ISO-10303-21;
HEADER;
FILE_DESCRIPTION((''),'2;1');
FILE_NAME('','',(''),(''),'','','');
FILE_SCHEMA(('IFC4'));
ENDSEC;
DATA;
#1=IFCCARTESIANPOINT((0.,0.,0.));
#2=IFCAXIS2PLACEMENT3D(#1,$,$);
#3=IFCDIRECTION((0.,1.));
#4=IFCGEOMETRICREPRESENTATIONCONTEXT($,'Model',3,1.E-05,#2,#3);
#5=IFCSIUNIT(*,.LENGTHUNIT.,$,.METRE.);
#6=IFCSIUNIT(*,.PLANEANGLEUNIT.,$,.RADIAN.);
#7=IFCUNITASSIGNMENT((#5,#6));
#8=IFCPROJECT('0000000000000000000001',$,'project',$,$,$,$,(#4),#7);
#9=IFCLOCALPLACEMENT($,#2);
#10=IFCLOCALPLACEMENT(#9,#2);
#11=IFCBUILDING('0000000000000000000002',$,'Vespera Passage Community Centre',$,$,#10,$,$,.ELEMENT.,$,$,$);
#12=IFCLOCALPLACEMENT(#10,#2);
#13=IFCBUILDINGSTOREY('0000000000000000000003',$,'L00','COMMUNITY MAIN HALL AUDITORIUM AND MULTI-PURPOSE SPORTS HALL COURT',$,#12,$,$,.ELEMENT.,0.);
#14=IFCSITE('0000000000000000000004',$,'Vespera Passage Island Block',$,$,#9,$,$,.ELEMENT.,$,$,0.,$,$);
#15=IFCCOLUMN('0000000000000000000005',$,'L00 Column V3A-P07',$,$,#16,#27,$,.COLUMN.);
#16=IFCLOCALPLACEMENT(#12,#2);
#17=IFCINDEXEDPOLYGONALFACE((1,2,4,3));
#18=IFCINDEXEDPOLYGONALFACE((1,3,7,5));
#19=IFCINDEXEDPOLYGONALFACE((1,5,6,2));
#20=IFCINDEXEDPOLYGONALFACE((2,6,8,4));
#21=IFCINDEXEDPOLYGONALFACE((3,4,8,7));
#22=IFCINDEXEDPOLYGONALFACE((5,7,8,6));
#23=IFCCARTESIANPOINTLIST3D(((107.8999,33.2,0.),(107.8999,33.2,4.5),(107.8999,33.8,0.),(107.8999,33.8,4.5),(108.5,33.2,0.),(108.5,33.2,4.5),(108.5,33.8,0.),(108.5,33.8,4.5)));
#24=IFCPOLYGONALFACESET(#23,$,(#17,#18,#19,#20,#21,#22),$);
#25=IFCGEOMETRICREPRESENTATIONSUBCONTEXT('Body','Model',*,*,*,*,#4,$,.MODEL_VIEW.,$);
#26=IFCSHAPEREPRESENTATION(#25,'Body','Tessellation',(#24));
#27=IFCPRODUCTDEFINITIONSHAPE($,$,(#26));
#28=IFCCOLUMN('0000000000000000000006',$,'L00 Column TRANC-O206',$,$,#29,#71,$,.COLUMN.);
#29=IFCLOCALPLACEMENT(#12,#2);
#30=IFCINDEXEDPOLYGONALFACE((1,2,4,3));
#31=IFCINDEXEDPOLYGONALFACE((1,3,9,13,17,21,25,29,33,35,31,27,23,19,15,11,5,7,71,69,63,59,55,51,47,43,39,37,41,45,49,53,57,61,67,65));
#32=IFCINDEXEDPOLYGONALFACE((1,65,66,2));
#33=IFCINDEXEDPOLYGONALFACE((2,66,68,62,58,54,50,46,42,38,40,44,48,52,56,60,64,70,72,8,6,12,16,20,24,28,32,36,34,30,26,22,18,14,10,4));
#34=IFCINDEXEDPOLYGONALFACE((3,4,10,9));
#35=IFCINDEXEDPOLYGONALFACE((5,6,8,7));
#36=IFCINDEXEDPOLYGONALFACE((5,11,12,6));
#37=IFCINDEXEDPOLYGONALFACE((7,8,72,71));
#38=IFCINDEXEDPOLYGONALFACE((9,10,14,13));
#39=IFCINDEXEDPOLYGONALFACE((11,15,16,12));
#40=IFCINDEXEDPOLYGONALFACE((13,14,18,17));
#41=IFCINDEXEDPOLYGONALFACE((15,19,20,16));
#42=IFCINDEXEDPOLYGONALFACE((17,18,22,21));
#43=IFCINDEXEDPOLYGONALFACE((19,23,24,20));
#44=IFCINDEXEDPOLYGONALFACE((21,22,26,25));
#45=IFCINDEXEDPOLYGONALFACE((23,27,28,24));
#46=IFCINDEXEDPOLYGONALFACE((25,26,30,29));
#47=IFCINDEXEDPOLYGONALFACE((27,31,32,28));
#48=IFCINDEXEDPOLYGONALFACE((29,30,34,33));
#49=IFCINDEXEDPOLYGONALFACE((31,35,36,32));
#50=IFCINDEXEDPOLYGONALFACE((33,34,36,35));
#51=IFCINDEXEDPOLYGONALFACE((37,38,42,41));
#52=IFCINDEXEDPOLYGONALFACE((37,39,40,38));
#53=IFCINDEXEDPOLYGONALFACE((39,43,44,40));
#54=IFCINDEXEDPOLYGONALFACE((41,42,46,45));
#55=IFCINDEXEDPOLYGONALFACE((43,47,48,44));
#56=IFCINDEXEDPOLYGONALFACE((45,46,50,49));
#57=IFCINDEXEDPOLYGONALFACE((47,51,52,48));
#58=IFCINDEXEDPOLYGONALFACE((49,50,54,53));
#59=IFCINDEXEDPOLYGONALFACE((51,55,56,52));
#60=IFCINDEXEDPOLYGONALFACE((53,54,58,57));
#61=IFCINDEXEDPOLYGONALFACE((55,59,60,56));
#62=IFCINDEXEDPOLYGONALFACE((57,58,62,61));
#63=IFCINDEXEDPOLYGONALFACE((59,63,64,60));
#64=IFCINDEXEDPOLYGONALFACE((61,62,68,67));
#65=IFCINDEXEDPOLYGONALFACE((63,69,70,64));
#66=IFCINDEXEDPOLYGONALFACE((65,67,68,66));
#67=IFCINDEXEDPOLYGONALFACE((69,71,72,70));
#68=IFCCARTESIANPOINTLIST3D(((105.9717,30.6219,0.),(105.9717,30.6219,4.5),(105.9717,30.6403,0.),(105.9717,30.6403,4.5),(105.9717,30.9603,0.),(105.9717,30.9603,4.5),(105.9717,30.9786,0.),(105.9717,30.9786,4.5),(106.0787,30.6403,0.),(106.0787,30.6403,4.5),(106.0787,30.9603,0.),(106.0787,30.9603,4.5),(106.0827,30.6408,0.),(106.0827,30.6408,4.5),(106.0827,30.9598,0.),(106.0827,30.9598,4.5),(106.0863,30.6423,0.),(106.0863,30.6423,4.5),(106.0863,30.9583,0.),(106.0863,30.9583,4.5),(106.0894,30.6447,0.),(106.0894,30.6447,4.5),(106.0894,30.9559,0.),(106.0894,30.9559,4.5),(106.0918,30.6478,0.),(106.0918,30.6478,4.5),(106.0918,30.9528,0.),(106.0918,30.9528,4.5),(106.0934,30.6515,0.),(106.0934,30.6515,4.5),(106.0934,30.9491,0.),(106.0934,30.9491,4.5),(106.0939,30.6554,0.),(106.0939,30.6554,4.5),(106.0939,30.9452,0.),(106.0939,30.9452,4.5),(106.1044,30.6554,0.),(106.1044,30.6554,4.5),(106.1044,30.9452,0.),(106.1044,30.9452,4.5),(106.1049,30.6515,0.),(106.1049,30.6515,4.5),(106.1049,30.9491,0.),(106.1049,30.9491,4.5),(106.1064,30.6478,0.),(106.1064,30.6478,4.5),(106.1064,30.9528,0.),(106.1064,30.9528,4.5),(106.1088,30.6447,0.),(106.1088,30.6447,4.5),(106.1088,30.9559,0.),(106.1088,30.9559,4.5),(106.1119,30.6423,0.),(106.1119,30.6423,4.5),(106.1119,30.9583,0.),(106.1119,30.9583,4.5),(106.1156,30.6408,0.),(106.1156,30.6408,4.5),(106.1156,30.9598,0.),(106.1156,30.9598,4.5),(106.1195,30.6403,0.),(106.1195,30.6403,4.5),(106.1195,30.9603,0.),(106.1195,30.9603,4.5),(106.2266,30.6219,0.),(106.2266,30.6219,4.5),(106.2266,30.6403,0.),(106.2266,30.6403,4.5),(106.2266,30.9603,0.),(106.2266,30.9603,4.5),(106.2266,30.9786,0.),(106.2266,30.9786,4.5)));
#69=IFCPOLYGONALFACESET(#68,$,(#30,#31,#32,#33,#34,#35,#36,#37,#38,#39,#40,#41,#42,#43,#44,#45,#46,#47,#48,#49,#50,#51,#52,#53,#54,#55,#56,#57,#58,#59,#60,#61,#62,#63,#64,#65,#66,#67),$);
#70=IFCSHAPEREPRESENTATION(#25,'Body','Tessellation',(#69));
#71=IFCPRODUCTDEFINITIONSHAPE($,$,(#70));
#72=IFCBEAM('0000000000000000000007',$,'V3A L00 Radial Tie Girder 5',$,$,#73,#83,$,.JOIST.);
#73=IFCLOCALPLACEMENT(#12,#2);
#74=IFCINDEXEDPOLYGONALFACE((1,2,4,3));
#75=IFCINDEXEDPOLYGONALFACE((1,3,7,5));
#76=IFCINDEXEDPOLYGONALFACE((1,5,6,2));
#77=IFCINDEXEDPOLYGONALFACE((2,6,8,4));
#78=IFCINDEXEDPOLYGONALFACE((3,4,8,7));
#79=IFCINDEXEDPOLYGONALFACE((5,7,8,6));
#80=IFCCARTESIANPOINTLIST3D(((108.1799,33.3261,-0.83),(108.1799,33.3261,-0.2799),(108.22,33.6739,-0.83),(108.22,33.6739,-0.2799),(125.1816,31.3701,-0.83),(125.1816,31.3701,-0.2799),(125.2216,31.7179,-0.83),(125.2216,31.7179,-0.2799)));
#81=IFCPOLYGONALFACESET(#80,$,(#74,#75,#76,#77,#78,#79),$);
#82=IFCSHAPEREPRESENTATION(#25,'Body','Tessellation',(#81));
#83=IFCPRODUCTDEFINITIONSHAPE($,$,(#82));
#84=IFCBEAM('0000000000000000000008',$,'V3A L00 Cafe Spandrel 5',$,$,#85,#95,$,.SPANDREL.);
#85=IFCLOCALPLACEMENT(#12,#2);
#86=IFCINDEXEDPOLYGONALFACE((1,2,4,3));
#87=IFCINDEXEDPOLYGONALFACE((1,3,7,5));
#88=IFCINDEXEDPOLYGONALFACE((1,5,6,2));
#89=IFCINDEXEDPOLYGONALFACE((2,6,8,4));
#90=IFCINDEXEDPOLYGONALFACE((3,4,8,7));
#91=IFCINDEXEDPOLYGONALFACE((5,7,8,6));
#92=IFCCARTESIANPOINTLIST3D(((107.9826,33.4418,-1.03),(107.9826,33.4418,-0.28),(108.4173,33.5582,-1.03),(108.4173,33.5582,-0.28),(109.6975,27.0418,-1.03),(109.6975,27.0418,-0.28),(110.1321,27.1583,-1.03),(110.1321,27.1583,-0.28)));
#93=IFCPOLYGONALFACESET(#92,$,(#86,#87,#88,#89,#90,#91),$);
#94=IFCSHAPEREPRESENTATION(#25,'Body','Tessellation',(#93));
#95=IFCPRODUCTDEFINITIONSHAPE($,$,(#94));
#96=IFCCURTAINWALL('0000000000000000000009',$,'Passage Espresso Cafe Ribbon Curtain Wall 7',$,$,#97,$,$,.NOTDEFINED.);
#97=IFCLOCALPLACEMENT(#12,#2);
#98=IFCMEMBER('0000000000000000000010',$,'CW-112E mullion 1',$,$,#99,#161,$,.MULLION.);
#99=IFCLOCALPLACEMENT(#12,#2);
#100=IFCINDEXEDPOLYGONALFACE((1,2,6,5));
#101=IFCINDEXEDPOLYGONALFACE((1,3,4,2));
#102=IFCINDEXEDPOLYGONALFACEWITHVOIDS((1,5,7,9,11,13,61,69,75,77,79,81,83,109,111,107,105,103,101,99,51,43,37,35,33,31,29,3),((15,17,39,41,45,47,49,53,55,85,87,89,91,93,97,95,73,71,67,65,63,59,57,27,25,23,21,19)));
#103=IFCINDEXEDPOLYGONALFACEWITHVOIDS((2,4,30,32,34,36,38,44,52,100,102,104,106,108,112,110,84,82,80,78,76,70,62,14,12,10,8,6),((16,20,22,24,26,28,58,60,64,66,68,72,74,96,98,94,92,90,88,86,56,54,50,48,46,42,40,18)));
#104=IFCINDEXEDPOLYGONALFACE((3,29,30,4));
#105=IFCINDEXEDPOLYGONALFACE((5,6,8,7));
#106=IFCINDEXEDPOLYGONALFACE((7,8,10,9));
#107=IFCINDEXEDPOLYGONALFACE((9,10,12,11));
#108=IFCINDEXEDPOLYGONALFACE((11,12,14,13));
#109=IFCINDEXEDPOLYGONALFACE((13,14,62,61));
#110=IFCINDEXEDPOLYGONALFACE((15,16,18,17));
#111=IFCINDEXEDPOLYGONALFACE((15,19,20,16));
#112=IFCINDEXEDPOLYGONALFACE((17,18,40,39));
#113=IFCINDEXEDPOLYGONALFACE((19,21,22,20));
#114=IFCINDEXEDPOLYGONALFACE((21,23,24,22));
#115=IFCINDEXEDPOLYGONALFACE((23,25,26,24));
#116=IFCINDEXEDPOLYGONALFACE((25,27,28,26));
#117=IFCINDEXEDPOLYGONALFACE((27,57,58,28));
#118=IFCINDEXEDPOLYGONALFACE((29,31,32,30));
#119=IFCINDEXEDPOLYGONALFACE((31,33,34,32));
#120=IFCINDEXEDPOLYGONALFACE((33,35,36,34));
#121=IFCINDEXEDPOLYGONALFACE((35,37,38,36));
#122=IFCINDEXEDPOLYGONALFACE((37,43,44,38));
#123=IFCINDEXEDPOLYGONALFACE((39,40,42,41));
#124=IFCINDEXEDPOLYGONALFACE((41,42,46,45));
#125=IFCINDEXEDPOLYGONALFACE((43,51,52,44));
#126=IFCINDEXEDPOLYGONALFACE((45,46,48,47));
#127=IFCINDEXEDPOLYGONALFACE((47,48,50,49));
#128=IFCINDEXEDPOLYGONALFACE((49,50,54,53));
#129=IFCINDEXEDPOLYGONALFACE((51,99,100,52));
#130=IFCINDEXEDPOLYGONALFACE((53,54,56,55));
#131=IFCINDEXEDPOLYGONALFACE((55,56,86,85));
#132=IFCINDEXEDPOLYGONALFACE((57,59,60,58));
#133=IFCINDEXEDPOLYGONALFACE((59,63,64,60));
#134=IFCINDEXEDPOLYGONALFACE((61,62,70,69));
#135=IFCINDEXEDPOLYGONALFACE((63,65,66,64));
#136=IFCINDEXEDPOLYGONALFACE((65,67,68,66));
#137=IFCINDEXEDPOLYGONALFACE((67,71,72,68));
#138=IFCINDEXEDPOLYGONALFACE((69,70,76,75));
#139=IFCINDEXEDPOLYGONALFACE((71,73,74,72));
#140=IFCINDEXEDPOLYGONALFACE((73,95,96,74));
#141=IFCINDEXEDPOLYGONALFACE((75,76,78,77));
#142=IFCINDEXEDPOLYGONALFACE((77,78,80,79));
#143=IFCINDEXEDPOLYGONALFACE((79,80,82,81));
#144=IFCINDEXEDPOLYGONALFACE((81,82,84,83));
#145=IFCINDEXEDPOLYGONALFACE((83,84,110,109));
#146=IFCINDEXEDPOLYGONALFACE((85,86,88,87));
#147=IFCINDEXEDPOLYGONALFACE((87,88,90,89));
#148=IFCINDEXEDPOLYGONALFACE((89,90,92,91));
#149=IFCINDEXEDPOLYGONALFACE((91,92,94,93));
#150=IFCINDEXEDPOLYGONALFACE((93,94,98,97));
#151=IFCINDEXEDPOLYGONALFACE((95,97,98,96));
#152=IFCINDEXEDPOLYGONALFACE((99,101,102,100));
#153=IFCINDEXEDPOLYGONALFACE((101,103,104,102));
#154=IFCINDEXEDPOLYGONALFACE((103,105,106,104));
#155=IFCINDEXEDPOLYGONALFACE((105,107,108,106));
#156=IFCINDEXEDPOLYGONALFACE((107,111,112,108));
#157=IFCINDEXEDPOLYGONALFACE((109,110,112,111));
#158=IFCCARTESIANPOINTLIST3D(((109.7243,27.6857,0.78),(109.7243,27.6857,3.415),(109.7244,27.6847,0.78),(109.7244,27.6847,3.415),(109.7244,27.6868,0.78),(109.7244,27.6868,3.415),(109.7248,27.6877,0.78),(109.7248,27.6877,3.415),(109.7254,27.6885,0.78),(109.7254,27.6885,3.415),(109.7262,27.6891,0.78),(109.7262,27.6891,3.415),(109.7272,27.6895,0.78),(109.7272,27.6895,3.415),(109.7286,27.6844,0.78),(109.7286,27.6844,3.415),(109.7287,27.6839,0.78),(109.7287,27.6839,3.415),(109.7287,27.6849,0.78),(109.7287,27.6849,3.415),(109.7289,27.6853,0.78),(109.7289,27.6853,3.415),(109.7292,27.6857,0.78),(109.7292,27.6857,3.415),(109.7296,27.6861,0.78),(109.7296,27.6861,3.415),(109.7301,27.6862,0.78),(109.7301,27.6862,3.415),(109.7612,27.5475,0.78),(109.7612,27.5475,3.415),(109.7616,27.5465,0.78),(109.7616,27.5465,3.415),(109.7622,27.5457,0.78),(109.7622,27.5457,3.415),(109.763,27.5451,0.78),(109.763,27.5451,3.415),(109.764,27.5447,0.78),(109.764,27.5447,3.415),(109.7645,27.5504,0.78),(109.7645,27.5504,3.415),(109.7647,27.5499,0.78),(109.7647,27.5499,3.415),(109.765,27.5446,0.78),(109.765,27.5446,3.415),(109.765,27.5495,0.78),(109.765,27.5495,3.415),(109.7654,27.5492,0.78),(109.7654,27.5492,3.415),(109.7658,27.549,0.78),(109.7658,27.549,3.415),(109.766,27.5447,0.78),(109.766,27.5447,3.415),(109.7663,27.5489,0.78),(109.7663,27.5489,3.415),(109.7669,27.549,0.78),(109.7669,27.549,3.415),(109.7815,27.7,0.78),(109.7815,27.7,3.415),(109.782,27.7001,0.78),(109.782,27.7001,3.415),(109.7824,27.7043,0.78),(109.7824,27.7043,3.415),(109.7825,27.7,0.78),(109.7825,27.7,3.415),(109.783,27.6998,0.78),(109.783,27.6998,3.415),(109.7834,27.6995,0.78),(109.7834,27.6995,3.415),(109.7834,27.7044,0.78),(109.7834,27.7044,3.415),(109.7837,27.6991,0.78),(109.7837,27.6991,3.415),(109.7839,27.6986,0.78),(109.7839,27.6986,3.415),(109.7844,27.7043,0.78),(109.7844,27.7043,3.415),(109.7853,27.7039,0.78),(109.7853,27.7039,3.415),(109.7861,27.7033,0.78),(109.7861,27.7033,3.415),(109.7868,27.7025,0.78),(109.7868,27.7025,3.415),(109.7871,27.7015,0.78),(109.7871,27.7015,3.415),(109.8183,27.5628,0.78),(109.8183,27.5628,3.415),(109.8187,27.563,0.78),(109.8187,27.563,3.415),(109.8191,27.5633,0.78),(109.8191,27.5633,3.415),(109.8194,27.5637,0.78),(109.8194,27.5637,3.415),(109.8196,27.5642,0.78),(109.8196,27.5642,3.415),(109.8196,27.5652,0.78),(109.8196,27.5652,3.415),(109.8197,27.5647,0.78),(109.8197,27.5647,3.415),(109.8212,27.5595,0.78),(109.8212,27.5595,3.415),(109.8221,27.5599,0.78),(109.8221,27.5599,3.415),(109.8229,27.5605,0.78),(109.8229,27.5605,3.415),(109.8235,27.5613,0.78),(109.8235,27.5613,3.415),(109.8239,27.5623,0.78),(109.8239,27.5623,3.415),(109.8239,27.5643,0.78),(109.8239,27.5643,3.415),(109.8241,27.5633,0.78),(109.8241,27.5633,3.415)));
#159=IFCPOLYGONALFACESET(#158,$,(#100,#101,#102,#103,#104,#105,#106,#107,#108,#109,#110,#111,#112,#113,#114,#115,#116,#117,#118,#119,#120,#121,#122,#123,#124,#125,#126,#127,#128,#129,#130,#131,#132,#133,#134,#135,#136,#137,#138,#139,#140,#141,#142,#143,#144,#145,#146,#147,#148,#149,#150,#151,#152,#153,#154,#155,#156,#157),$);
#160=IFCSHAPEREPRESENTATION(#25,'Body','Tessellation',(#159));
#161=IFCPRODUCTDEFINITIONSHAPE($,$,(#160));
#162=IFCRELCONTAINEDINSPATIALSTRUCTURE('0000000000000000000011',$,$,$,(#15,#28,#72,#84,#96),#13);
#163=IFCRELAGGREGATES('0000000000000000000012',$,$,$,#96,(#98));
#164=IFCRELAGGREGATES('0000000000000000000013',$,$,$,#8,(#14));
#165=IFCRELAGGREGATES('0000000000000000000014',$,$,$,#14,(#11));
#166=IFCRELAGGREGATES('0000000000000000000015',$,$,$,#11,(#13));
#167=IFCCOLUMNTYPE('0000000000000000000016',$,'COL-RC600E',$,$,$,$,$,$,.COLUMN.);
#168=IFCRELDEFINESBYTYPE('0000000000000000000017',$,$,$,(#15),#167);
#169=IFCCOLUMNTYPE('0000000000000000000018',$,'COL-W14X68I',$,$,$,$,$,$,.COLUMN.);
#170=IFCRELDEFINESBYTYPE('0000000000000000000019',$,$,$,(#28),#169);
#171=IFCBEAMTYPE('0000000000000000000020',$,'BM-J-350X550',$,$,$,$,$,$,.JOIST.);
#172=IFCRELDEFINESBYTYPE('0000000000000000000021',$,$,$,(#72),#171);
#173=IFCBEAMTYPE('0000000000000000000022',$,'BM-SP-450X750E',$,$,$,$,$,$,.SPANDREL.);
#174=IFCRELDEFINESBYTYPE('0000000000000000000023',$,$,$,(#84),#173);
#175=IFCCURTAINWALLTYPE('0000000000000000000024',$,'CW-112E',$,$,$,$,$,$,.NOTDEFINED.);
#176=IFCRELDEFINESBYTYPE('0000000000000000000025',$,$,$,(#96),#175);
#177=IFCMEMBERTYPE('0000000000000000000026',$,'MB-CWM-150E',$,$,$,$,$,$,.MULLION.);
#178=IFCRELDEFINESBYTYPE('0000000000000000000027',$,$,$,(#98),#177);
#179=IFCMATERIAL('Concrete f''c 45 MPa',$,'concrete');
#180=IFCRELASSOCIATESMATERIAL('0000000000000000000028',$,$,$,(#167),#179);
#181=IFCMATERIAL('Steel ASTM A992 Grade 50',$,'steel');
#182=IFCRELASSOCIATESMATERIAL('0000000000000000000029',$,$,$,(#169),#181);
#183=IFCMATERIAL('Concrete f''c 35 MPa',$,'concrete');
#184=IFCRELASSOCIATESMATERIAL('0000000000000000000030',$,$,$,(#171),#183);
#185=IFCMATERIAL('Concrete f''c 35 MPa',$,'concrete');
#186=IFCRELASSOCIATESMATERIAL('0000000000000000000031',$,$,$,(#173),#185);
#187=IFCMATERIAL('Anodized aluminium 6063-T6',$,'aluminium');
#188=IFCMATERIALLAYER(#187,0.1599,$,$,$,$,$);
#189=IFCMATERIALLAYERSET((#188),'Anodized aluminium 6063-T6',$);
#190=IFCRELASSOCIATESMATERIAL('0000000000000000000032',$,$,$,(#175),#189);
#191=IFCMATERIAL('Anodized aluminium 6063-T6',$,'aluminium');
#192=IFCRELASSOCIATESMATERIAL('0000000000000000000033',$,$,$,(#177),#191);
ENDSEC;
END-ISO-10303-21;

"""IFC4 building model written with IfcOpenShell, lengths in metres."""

from ifc_helpers import new_model, si_unit, direction, frame, origin, origin_2d, place, context, subcontext, project, spatial, rectangle, hollow_rectangle, i_section, extrude, material, layer, layer_set, material_profile, profile_set, type_object, element, aggregate, save


model = new_model("IFC4")

# Units and contexts
model_context = context("Model", 3, precision=1e-05, world=origin(), true_north=direction((0.0, 1.0)))
body_context = subcontext(model_context, "Body", "Model", "MODEL_VIEW")
ifc_project = project(units=[si_unit("LENGTHUNIT", "METRE"), si_unit("PLANEANGLEUNIT", "RADIAN")], contexts=[model_context])

# Site, building, storey
site_placement = place(None, origin())
site = spatial("IfcSite", under=ifc_project, at=site_placement, Name="Vespera Passage Island Block", CompositionType="ELEMENT", RefElevation=0.0)
building_placement = place(site_placement, origin())
building = spatial("IfcBuilding", under=site, at=building_placement, Name="Vespera Passage Community Centre", CompositionType="ELEMENT")
storey_placement = place(building_placement, origin())
storey = spatial("IfcBuildingStorey", under=building, at=storey_placement, Name="L00", Description="COMMUNITY MAIN HALL AUDITORIUM AND MULTI-PURPOSE SPORTS HALL COURT", CompositionType="ELEMENT", Elevation=0.0)

# Columns
ifc_material_1 = material(Name="Concrete f'c 45 MPa", Category="concrete")
ifc_material_profile_1 = material_profile(ifc_material_1, rectangle(XDim=0.6001, YDim=0.6001, at=origin_2d()), Name="RC600X600")
ifc_profile_set_1 = profile_set([ifc_material_profile_1], Name="Concrete f'c 45 MPa")
column_type_1 = type_object("IfcColumnType", Name="COL-RC600E", PredefinedType="COLUMN", material=ifc_profile_set_1)
column_1_placement = place(storey_placement, frame((108.2, 33.5, 0.0), z_axis=(0.0, 0.0, 1.0), x_axis=(1.0, 0.0, 0.0)))
element("IfcColumn", 1, at=column_1_placement, inside=storey, type_object=column_type_1, Name="L00 Column V3A-P07", PredefinedType="COLUMN", context=body_context, shape_type="SweptSolid", body=[
    extrude(rectangle(XDim=0.6001, YDim=0.6001, at=origin_2d()), origin(), (0.0, 0.0, 1.0), 4.5),
])
ifc_material_2 = material(Name="Steel ASTM A992 Grade 50", Category="steel")
ifc_material_profile_2 = material_profile(ifc_material_2, i_section(OverallWidth=0.2549, OverallDepth=0.3567, WebThickness=0.0105, FlangeThickness=0.0183, FilletRadius=0.0151, at=origin_2d()), Name="W14X68")
ifc_profile_set_2 = profile_set([ifc_material_profile_2], Name="Steel ASTM A992 Grade 50")
column_type_2 = type_object("IfcColumnType", Name="COL-W14X68I", PredefinedType="COLUMN", material=ifc_profile_set_2)
column_2_placement = place(storey_placement, frame((106.0991, 30.8003, 0.0), z_axis=(0.0, 0.0, 1.0), x_axis=(1.0, 0.0, 0.0)))
element("IfcColumn", 2, at=column_2_placement, inside=storey, type_object=column_type_2, Name="L00 Column TRANC-O206", PredefinedType="COLUMN", context=body_context, shape_type="SweptSolid", body=[
    extrude(i_section(OverallWidth=0.2549, OverallDepth=0.3567, WebThickness=0.0105, FlangeThickness=0.0183, FilletRadius=0.0151, at=origin_2d()), origin(), (0.0, 0.0, 1.0), 4.5),
])

# Beams
ifc_material_3 = material(Name="Concrete f'c 35 MPa", Category="concrete")
ifc_material_profile_3 = material_profile(ifc_material_3, rectangle(XDim=0.3501, YDim=0.55, at=origin_2d()), Name="RC350X550")
ifc_profile_set_3 = profile_set([ifc_material_profile_3], Name="Concrete f'c 35 MPa")
beam_type_1 = type_object("IfcBeamType", Name="BM-J-350X550", PredefinedType="JOIST", material=ifc_profile_set_3)
beam_1_placement = place(storey_placement, frame((108.2, 33.5, -0.5549), z_axis=(0.993447, -0.114297, 0.0), x_axis=(0.114297, 0.993447, 0.0)))
element("IfcBeam", 3, at=beam_1_placement, inside=storey, type_object=beam_type_1, Name="V3A L00 Radial Tie Girder 5", PredefinedType="JOIST", context=body_context, shape_type="SweptSolid", body=[
    extrude(rectangle(XDim=0.3501, YDim=0.55, at=origin_2d()), origin(), (0.0, 0.0, 1.0), 17.1138),
])
ifc_material_4 = material(Name="Concrete f'c 35 MPa", Category="concrete")
ifc_material_profile_4 = material_profile(ifc_material_4, rectangle(XDim=0.45, YDim=0.75, at=origin_2d()), Name="RC450X750")
ifc_profile_set_4 = profile_set([ifc_material_profile_4], Name="Concrete f'c 35 MPa")
beam_type_2 = type_object("IfcBeamType", Name="BM-SP-450X750E", PredefinedType="SPANDREL", material=ifc_profile_set_4)
beam_2_placement = place(storey_placement, frame((108.2, 33.5, -0.655), z_axis=(0.258818, -0.965926, 0.0), x_axis=(0.965926, 0.258818, 0.0)))
element("IfcBeam", 4, at=beam_2_placement, inside=storey, type_object=beam_type_2, Name="V3A L00 Cafe Spandrel 5", PredefinedType="SPANDREL", context=body_context, shape_type="SweptSolid", body=[
    extrude(rectangle(XDim=0.45, YDim=0.75, at=origin_2d()), origin(), (0.0, 0.0, 1.0), 6.6257),
])

# Curtain wall, member
ifc_material_5 = material(Name="Anodized aluminium 6063-T6", Category="aluminium")
ifc_layer_1 = layer(ifc_material_5, 0.1599)
ifc_layer_set_1 = layer_set([ifc_layer_1], Name="Anodized aluminium 6063-T6")
curtain_wall_type = type_object("IfcCurtainWallType", Name="CW-112E", PredefinedType="NOTDEFINED", material=ifc_layer_set_1)
curtain_wall_placement = place(storey_placement, origin())
curtain_wall = element("IfcCurtainWall", 5, at=curtain_wall_placement, inside=storey, type_object=curtain_wall_type, Name="Passage Espresso Cafe Ribbon Curtain Wall 7", PredefinedType="NOTDEFINED")
ifc_material_6 = material(Name="Anodized aluminium 6063-T6", Category="aluminium")
ifc_material_profile_5 = material_profile(ifc_material_6, hollow_rectangle(XDim=0.0649, YDim=0.1499, WallThickness=0.0039, InnerFilletRadius=0.002, OuterFilletRadius=0.0039, at=origin_2d()), Name="ALU150X65X4")
ifc_profile_set_5 = profile_set([ifc_material_profile_5], Name="Anodized aluminium 6063-T6")
member_type_1 = type_object("IfcMemberType", Name="MB-CWM-150E", PredefinedType="MULLION", material=ifc_profile_set_5)
member_1_placement = place(storey_placement, frame((109.7742, 27.6245, 0.78), z_axis=(0.0, 0.0, 1.0), x_axis=(-0.965929, -0.258807, 0.0)))
member_1 = element("IfcMember", 6, at=member_1_placement, type_object=member_type_1, Name="CW-112E mullion 1", PredefinedType="MULLION", context=body_context, shape_type="SweptSolid", body=[
    extrude(hollow_rectangle(XDim=0.0649, YDim=0.1499, WallThickness=0.0039, InnerFilletRadius=0.002, OuterFilletRadius=0.0039, at=origin_2d()), origin(), (0.0, 0.0, 1.0), 2.635),
])
aggregate(curtain_wall, [member_1])

save(model, "model.ifc")
